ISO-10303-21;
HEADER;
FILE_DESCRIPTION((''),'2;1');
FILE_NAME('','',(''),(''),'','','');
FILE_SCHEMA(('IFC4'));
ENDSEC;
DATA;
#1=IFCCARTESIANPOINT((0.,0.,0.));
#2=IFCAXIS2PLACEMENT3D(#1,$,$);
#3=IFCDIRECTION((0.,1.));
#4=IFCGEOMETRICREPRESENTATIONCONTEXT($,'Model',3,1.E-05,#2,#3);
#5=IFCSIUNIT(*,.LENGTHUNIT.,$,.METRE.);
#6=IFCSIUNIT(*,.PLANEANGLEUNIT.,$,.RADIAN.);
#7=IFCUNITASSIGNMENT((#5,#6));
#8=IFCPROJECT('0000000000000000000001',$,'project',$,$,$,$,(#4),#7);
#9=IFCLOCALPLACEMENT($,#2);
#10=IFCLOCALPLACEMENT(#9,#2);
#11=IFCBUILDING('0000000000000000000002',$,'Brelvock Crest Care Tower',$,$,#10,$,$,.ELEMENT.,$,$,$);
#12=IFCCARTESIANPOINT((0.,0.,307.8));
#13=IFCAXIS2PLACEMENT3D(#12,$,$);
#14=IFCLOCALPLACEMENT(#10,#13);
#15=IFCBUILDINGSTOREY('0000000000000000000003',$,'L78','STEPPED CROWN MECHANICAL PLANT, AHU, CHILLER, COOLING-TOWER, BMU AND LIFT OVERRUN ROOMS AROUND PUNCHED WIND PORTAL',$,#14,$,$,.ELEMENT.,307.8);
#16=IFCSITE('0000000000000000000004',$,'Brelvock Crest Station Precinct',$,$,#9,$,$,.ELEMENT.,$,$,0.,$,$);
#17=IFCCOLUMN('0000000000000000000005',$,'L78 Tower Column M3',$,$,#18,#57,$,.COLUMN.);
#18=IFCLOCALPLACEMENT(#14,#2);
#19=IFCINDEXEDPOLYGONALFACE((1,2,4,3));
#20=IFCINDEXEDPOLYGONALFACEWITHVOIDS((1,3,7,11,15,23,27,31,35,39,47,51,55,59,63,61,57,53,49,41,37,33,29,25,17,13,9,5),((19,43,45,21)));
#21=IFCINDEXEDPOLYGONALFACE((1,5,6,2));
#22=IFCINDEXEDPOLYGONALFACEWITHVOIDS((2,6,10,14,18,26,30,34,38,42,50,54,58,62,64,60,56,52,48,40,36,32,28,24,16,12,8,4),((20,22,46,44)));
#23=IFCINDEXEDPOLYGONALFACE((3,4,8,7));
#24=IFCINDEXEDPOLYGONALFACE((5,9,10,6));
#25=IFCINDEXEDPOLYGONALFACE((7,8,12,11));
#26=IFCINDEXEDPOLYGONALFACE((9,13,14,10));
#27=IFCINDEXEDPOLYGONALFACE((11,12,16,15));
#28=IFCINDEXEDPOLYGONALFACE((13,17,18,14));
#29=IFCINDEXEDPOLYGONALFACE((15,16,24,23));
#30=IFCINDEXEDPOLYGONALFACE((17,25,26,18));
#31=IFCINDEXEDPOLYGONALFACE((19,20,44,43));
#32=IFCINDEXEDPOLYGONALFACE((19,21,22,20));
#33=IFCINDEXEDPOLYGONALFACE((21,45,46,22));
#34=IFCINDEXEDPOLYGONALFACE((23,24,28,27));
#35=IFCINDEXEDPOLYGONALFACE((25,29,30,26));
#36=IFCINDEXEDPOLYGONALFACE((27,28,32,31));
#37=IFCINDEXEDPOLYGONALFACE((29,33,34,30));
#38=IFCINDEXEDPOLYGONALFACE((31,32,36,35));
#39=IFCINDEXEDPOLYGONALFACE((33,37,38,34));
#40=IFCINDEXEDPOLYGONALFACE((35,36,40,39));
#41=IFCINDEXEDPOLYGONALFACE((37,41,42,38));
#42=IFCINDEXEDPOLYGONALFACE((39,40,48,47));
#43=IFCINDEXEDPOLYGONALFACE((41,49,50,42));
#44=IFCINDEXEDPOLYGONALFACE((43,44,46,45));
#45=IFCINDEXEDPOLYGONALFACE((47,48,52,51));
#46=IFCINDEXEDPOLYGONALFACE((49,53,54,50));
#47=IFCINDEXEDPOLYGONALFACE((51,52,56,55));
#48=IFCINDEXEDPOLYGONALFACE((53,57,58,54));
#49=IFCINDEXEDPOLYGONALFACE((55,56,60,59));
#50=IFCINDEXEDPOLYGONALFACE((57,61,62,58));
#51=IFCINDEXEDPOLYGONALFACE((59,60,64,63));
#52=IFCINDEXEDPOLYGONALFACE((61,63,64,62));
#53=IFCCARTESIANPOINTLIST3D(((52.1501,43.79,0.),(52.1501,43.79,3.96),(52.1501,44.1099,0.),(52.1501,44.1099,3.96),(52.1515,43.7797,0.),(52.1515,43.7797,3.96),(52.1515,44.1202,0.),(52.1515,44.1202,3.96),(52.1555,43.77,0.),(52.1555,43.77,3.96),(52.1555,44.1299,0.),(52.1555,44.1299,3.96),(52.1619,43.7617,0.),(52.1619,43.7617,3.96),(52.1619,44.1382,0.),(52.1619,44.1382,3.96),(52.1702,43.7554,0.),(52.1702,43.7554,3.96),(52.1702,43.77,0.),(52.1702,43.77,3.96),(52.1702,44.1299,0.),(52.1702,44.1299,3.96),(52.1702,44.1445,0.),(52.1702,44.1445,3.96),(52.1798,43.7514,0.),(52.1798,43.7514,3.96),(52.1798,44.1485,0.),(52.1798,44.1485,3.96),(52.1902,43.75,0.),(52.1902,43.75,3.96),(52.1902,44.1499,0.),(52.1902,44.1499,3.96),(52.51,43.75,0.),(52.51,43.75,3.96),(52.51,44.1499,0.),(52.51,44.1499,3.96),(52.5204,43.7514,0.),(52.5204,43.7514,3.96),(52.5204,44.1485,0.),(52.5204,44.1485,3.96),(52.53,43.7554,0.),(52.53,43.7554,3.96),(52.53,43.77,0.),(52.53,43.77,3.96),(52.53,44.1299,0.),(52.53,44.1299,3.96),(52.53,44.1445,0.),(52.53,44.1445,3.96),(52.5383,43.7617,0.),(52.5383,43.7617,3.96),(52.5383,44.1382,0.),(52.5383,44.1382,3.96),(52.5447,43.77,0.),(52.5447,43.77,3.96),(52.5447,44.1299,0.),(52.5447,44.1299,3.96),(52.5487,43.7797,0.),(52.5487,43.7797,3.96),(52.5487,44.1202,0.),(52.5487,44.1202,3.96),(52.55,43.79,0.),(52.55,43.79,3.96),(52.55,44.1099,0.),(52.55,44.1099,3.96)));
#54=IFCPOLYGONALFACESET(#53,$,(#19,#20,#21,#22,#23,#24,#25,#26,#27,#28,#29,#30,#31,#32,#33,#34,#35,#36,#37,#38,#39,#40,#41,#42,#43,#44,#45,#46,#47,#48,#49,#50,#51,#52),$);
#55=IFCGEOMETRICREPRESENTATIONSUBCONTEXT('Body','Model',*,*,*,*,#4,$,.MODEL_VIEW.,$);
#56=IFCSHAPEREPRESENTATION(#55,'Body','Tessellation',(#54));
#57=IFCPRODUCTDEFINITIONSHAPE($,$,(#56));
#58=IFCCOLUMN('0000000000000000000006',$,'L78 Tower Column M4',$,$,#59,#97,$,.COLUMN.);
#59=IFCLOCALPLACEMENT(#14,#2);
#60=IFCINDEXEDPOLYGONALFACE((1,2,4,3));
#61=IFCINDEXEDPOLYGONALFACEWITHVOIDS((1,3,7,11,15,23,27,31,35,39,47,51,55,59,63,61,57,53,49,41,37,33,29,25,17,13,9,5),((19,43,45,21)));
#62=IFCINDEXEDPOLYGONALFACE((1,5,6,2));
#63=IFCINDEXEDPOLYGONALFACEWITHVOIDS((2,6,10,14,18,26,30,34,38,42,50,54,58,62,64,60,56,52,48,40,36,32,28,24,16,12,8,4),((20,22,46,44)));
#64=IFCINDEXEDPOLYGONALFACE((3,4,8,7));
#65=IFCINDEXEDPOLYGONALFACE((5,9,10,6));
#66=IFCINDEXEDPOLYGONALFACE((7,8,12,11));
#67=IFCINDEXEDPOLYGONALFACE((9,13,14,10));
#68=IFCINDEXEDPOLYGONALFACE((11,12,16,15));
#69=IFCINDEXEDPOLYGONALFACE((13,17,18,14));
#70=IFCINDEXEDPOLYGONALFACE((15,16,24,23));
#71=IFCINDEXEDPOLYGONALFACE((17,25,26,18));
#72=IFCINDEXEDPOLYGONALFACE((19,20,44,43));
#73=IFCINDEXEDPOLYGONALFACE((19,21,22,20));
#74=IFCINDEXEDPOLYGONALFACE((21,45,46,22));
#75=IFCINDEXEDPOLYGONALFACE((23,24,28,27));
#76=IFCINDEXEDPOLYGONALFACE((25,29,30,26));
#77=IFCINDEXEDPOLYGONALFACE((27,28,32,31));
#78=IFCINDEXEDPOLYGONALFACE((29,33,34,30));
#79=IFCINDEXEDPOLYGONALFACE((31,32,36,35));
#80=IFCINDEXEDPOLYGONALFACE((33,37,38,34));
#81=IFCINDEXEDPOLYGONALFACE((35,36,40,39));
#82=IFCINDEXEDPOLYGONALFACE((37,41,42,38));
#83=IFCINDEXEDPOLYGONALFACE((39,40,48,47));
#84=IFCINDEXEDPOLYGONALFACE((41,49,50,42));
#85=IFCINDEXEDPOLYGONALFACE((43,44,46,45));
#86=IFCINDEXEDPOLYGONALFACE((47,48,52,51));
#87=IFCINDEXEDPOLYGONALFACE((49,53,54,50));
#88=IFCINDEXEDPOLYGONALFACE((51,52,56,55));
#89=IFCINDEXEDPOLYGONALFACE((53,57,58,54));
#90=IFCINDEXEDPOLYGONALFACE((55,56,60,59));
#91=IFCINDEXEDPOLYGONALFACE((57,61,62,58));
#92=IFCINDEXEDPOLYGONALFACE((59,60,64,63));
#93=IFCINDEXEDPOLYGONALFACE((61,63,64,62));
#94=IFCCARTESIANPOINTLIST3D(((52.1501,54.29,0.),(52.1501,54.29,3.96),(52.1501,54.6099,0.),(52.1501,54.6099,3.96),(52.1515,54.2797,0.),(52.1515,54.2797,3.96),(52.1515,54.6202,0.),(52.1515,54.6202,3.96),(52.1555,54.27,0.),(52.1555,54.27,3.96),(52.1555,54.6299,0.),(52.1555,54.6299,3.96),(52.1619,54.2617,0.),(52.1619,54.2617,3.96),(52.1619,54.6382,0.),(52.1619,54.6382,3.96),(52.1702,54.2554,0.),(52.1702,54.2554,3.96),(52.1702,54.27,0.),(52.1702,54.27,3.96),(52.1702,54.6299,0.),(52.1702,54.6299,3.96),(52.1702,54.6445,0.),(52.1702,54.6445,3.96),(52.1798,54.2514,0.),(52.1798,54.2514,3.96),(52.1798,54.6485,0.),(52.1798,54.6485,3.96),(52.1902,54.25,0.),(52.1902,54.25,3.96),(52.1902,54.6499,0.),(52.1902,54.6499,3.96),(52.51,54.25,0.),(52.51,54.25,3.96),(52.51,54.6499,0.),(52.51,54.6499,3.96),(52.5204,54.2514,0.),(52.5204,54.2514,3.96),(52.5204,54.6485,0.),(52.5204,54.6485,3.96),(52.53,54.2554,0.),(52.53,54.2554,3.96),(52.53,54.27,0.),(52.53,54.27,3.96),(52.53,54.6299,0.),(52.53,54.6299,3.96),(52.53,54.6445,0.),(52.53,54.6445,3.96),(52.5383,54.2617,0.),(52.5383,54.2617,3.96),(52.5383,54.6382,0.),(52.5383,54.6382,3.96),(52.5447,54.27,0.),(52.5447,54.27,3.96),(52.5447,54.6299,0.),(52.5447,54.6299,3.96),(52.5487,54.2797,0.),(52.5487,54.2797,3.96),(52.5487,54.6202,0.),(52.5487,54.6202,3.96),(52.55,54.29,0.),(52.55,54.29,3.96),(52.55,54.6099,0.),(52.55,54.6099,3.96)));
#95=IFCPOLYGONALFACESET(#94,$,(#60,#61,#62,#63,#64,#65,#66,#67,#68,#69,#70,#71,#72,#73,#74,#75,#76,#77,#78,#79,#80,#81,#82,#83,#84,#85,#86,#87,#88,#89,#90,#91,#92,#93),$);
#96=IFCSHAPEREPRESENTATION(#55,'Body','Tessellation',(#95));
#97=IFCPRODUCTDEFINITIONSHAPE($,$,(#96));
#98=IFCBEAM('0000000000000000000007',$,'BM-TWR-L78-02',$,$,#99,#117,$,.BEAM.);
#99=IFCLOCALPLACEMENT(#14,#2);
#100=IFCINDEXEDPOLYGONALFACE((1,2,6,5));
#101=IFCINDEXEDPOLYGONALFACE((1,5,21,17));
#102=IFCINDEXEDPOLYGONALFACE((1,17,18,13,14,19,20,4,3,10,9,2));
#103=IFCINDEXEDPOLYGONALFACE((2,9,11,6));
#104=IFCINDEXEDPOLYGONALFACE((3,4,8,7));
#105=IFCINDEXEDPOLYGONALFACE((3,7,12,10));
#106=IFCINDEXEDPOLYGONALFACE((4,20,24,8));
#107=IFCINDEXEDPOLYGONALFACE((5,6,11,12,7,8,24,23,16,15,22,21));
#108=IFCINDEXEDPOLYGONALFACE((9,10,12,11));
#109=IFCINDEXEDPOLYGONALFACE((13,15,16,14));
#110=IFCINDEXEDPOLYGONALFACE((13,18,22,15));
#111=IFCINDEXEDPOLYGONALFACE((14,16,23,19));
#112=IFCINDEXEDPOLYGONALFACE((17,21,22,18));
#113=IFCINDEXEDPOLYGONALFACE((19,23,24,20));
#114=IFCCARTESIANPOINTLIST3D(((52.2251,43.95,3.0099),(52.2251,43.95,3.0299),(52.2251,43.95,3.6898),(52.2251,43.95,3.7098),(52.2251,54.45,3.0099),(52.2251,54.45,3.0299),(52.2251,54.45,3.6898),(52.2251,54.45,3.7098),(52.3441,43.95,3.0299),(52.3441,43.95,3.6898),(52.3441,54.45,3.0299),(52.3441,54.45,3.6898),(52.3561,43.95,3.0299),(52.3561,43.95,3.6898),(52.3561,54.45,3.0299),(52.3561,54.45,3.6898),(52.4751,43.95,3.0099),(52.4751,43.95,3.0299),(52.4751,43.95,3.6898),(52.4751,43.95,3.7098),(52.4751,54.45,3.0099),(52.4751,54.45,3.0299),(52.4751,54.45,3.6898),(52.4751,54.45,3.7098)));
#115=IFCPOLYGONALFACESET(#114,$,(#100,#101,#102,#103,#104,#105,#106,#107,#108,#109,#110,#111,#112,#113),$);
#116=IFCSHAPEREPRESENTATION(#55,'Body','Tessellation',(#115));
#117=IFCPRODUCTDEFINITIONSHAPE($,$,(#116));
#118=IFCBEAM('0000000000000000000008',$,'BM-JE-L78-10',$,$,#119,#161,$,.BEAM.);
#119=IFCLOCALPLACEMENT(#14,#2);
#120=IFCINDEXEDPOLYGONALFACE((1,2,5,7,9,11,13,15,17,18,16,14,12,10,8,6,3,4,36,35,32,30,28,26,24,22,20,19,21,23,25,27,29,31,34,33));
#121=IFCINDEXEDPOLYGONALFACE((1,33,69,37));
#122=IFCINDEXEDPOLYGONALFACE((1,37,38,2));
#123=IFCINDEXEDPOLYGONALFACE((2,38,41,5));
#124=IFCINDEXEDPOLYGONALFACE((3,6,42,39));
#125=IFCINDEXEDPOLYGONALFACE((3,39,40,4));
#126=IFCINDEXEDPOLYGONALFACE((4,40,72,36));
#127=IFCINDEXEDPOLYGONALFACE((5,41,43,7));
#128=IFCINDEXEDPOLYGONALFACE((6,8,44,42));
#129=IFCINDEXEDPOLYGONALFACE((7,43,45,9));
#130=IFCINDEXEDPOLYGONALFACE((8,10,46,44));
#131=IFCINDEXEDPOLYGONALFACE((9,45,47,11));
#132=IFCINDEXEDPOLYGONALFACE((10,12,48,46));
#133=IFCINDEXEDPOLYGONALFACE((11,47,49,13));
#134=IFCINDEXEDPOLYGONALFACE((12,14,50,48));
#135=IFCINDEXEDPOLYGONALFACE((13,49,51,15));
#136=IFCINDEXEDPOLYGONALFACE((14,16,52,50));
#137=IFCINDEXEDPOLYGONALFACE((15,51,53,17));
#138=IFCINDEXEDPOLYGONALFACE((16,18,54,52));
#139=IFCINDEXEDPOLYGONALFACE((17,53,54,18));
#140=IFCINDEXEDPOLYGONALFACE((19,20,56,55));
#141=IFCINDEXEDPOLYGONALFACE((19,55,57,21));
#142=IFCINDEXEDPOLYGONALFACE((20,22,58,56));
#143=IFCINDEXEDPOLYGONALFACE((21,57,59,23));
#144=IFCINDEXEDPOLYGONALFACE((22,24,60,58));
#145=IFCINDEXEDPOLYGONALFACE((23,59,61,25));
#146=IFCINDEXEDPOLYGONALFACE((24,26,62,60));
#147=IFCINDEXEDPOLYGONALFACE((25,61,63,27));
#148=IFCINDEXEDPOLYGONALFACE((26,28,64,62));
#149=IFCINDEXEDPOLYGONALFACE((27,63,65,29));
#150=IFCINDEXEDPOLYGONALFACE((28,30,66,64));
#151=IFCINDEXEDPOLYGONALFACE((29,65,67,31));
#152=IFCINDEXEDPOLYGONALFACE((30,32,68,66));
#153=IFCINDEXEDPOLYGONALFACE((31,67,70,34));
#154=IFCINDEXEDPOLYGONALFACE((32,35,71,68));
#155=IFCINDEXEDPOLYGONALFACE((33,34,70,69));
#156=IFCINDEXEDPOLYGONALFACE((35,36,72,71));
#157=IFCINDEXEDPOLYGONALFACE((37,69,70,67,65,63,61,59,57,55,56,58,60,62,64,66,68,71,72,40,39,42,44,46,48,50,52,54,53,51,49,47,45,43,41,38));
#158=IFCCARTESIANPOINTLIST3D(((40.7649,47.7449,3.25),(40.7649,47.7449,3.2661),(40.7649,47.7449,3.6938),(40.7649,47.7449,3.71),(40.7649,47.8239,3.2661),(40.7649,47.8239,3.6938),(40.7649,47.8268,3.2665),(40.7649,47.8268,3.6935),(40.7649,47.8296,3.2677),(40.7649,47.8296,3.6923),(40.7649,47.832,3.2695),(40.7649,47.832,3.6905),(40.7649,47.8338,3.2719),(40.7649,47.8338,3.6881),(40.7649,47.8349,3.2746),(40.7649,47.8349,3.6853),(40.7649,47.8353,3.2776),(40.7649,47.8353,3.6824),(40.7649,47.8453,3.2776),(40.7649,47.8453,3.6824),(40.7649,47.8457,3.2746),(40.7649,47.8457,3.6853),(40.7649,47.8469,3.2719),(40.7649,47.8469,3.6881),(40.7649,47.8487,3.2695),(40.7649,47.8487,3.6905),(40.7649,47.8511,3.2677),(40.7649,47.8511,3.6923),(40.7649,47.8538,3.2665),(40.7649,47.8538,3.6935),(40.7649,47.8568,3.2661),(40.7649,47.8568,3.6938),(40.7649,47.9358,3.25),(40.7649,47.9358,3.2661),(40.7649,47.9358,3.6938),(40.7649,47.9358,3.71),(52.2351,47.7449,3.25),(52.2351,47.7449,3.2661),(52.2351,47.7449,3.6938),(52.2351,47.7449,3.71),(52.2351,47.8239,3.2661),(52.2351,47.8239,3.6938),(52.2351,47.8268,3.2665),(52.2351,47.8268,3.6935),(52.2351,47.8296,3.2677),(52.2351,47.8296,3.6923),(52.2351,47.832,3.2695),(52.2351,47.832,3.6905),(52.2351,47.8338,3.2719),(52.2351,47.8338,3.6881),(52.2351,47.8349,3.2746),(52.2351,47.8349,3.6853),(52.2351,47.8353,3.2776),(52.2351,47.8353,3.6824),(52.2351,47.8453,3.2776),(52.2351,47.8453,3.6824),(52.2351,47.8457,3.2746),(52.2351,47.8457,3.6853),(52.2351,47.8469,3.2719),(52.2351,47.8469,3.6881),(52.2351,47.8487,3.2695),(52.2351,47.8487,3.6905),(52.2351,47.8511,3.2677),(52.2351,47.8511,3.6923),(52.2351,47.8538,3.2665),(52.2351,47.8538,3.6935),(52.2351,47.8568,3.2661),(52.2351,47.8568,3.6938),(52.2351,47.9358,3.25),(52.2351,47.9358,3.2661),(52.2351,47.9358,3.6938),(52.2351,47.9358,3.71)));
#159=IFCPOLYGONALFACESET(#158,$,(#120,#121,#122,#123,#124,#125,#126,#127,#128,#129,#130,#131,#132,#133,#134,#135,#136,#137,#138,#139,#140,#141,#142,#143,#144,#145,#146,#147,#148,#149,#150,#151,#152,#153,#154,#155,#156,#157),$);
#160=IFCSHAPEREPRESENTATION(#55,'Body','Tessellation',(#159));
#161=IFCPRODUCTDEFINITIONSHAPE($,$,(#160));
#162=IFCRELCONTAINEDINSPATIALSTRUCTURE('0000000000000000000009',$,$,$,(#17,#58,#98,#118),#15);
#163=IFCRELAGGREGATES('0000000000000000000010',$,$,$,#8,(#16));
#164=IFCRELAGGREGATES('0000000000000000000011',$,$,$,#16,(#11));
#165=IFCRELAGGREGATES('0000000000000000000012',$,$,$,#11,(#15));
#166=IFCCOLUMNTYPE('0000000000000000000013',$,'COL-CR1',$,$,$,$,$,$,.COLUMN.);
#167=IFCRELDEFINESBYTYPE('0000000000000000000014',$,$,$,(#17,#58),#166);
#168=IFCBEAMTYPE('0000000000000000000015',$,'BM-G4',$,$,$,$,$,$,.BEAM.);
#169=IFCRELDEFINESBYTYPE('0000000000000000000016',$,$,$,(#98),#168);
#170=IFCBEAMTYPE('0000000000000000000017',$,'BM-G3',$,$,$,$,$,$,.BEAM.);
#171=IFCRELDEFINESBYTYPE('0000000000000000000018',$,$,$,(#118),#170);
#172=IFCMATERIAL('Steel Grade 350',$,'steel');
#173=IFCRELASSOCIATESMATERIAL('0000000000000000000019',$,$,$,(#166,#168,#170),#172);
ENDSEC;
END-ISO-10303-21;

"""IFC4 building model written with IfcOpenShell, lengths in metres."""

from ifc_helpers import new_model, si_unit, direction, frame, origin, origin_2d, place, context, subcontext, project, spatial, hollow_rectangle, i_section, extrude, source, transform, mapped, material, material_profile, profile_set, type_object, element, save


model = new_model("IFC4")

# Units and contexts
model_context = context("Model", 3, precision=1e-05, world=origin(), true_north=direction((0.0, 1.0)))
body_context = subcontext(model_context, "Body", "Model", "MODEL_VIEW")
ifc_project = project(units=[si_unit("LENGTHUNIT", "METRE"), si_unit("PLANEANGLEUNIT", "RADIAN")], contexts=[model_context])

# Site, building, storey
site_placement = place(None, origin())
site = spatial("IfcSite", under=ifc_project, at=site_placement, Name="Brelvock Crest Station Precinct", CompositionType="ELEMENT", RefElevation=0.0)
building_placement = place(site_placement, origin())
building = spatial("IfcBuilding", under=site, at=building_placement, Name="Brelvock Crest Care Tower", CompositionType="ELEMENT")
storey_placement = place(building_placement, frame((0.0, 0.0, 307.8)))
storey = spatial("IfcBuildingStorey", under=building, at=storey_placement, Name="L78", Description="STEPPED CROWN MECHANICAL PLANT, AHU, CHILLER, COOLING-TOWER, BMU AND LIFT OVERRUN ROOMS AROUND PUNCHED WIND PORTAL", CompositionType="ELEMENT", Elevation=307.8)

# Columns
ifc_material_1 = material(Name="Steel Grade 350", Category="steel")
ifc_material_profile_1 = material_profile(ifc_material_1, hollow_rectangle(XDim=0.3999, YDim=0.3999, WallThickness=0.02, OuterFilletRadius=0.04, at=origin_2d()), Name="SHS400x400x20.0")
ifc_profile_set_1 = profile_set([ifc_material_profile_1], Name="Steel Grade 350")
column_type = type_object("IfcColumnType", Name="COL-CR1", PredefinedType="COLUMN", material=ifc_profile_set_1)
shared_shape_1 = source(origin(), body_context, "Body", "SweptSolid", [
    extrude(hollow_rectangle(XDim=0.3999, YDim=0.3999, WallThickness=0.02, OuterFilletRadius=0.04, at=origin_2d()), origin(), (0.0, 0.0, 1.0), 3.96),
])
for number, where, z_axis, x_axis, name in (
    (1, (52.3501, 43.95, 0.0), (0.0, 0.0, 1.0), (1.0, 0.0, 0.0), "L78 Tower Column M3"),
    (2, (52.3501, 54.45, 0.0), (0.0, 0.0, 1.0), (1.0, 0.0, 0.0), "L78 Tower Column M4"),
):
    element("IfcColumn", number, at=place(storey_placement, frame(where, z_axis=z_axis, x_axis=x_axis)), inside=storey, type_object=column_type, Name=name, PredefinedType="COLUMN", context=body_context, shape_type="MappedRepresentation", body=[
        mapped(shared_shape_1, transform((0.0, 0.0, 0.0), x_axis=(1.0, 0.0, 0.0), y_axis=(0.0, 1.0, 0.0), z_axis=(0.0, 0.0, 1.0), scale=1.0)),
    ])

# Beams
ifc_material_profile_2 = material_profile(ifc_material_1, i_section(OverallWidth=0.25, OverallDepth=0.7, WebThickness=0.012, FlangeThickness=0.02, at=origin_2d()), Name="700WB150")
ifc_profile_set_2 = profile_set([ifc_material_profile_2], Name="Steel Grade 350")
beam_type_1 = type_object("IfcBeamType", Name="BM-G4", PredefinedType="BEAM", material=ifc_profile_set_2)
shared_shape_2 = source(origin(), body_context, "Body", "SweptSolid", [
    extrude(i_section(OverallWidth=0.25, OverallDepth=0.7, WebThickness=0.012, FlangeThickness=0.02, at=origin_2d()), origin(), (0.0, 0.0, 1.0), 10.5),
])
beam_placement = place(storey_placement, frame((52.3501, 43.95, 3.3599), z_axis=(0.0, 1.0, 0.0), x_axis=(-1.0, 0.0, 0.0)))
element("IfcBeam", 3, at=beam_placement, inside=storey, type_object=beam_type_1, Name="BM-TWR-L78-02", PredefinedType="BEAM", context=body_context, shape_type="MappedRepresentation", body=[
    mapped(shared_shape_2, transform((0.0, 0.0, 0.0), x_axis=(1.0, 0.0, 0.0), y_axis=(0.0, 1.0, 0.0), z_axis=(0.0, 0.0, 1.0), scale=1.0)),
])
ifc_material_profile_3 = material_profile(ifc_material_1, i_section(OverallWidth=0.1909, OverallDepth=0.46, WebThickness=0.01, FlangeThickness=0.0161, FilletRadius=0.0115, at=origin_2d()), Name="460UB82.1")
ifc_profile_set_3 = profile_set([ifc_material_profile_3], Name="Steel Grade 350")
beam_type_2 = type_object("IfcBeamType", Name="BM-G3", PredefinedType="BEAM", material=ifc_profile_set_3)
shared_shape_3 = source(origin(), body_context, "Body", "SweptSolid", [
    extrude(i_section(OverallWidth=0.1909, OverallDepth=0.46, WebThickness=0.01, FlangeThickness=0.0161, FilletRadius=0.0115, at=origin_2d()), origin(), (0.0, 0.0, 1.0), 11.4702),
])
for number, where, z_axis, x_axis, name in (
    (4, (40.7649, 47.8403, 3.48), (1.0, 0.0, 0.0), (0.0, 1.0, 0.0), "BM-JE-L78-10"),
):
    element("IfcBeam", number, at=place(storey_placement, frame(where, z_axis=z_axis, x_axis=x_axis)), inside=storey, type_object=beam_type_2, Name=name, PredefinedType="BEAM", context=body_context, shape_type="MappedRepresentation", body=[
        mapped(shared_shape_3, transform((0.0, 0.0, 0.0), x_axis=(1.0, 0.0, 0.0), y_axis=(0.0, 1.0, 0.0), z_axis=(0.0, 0.0, 1.0), scale=1.0)),
    ])

save(model, "model.ifc")
